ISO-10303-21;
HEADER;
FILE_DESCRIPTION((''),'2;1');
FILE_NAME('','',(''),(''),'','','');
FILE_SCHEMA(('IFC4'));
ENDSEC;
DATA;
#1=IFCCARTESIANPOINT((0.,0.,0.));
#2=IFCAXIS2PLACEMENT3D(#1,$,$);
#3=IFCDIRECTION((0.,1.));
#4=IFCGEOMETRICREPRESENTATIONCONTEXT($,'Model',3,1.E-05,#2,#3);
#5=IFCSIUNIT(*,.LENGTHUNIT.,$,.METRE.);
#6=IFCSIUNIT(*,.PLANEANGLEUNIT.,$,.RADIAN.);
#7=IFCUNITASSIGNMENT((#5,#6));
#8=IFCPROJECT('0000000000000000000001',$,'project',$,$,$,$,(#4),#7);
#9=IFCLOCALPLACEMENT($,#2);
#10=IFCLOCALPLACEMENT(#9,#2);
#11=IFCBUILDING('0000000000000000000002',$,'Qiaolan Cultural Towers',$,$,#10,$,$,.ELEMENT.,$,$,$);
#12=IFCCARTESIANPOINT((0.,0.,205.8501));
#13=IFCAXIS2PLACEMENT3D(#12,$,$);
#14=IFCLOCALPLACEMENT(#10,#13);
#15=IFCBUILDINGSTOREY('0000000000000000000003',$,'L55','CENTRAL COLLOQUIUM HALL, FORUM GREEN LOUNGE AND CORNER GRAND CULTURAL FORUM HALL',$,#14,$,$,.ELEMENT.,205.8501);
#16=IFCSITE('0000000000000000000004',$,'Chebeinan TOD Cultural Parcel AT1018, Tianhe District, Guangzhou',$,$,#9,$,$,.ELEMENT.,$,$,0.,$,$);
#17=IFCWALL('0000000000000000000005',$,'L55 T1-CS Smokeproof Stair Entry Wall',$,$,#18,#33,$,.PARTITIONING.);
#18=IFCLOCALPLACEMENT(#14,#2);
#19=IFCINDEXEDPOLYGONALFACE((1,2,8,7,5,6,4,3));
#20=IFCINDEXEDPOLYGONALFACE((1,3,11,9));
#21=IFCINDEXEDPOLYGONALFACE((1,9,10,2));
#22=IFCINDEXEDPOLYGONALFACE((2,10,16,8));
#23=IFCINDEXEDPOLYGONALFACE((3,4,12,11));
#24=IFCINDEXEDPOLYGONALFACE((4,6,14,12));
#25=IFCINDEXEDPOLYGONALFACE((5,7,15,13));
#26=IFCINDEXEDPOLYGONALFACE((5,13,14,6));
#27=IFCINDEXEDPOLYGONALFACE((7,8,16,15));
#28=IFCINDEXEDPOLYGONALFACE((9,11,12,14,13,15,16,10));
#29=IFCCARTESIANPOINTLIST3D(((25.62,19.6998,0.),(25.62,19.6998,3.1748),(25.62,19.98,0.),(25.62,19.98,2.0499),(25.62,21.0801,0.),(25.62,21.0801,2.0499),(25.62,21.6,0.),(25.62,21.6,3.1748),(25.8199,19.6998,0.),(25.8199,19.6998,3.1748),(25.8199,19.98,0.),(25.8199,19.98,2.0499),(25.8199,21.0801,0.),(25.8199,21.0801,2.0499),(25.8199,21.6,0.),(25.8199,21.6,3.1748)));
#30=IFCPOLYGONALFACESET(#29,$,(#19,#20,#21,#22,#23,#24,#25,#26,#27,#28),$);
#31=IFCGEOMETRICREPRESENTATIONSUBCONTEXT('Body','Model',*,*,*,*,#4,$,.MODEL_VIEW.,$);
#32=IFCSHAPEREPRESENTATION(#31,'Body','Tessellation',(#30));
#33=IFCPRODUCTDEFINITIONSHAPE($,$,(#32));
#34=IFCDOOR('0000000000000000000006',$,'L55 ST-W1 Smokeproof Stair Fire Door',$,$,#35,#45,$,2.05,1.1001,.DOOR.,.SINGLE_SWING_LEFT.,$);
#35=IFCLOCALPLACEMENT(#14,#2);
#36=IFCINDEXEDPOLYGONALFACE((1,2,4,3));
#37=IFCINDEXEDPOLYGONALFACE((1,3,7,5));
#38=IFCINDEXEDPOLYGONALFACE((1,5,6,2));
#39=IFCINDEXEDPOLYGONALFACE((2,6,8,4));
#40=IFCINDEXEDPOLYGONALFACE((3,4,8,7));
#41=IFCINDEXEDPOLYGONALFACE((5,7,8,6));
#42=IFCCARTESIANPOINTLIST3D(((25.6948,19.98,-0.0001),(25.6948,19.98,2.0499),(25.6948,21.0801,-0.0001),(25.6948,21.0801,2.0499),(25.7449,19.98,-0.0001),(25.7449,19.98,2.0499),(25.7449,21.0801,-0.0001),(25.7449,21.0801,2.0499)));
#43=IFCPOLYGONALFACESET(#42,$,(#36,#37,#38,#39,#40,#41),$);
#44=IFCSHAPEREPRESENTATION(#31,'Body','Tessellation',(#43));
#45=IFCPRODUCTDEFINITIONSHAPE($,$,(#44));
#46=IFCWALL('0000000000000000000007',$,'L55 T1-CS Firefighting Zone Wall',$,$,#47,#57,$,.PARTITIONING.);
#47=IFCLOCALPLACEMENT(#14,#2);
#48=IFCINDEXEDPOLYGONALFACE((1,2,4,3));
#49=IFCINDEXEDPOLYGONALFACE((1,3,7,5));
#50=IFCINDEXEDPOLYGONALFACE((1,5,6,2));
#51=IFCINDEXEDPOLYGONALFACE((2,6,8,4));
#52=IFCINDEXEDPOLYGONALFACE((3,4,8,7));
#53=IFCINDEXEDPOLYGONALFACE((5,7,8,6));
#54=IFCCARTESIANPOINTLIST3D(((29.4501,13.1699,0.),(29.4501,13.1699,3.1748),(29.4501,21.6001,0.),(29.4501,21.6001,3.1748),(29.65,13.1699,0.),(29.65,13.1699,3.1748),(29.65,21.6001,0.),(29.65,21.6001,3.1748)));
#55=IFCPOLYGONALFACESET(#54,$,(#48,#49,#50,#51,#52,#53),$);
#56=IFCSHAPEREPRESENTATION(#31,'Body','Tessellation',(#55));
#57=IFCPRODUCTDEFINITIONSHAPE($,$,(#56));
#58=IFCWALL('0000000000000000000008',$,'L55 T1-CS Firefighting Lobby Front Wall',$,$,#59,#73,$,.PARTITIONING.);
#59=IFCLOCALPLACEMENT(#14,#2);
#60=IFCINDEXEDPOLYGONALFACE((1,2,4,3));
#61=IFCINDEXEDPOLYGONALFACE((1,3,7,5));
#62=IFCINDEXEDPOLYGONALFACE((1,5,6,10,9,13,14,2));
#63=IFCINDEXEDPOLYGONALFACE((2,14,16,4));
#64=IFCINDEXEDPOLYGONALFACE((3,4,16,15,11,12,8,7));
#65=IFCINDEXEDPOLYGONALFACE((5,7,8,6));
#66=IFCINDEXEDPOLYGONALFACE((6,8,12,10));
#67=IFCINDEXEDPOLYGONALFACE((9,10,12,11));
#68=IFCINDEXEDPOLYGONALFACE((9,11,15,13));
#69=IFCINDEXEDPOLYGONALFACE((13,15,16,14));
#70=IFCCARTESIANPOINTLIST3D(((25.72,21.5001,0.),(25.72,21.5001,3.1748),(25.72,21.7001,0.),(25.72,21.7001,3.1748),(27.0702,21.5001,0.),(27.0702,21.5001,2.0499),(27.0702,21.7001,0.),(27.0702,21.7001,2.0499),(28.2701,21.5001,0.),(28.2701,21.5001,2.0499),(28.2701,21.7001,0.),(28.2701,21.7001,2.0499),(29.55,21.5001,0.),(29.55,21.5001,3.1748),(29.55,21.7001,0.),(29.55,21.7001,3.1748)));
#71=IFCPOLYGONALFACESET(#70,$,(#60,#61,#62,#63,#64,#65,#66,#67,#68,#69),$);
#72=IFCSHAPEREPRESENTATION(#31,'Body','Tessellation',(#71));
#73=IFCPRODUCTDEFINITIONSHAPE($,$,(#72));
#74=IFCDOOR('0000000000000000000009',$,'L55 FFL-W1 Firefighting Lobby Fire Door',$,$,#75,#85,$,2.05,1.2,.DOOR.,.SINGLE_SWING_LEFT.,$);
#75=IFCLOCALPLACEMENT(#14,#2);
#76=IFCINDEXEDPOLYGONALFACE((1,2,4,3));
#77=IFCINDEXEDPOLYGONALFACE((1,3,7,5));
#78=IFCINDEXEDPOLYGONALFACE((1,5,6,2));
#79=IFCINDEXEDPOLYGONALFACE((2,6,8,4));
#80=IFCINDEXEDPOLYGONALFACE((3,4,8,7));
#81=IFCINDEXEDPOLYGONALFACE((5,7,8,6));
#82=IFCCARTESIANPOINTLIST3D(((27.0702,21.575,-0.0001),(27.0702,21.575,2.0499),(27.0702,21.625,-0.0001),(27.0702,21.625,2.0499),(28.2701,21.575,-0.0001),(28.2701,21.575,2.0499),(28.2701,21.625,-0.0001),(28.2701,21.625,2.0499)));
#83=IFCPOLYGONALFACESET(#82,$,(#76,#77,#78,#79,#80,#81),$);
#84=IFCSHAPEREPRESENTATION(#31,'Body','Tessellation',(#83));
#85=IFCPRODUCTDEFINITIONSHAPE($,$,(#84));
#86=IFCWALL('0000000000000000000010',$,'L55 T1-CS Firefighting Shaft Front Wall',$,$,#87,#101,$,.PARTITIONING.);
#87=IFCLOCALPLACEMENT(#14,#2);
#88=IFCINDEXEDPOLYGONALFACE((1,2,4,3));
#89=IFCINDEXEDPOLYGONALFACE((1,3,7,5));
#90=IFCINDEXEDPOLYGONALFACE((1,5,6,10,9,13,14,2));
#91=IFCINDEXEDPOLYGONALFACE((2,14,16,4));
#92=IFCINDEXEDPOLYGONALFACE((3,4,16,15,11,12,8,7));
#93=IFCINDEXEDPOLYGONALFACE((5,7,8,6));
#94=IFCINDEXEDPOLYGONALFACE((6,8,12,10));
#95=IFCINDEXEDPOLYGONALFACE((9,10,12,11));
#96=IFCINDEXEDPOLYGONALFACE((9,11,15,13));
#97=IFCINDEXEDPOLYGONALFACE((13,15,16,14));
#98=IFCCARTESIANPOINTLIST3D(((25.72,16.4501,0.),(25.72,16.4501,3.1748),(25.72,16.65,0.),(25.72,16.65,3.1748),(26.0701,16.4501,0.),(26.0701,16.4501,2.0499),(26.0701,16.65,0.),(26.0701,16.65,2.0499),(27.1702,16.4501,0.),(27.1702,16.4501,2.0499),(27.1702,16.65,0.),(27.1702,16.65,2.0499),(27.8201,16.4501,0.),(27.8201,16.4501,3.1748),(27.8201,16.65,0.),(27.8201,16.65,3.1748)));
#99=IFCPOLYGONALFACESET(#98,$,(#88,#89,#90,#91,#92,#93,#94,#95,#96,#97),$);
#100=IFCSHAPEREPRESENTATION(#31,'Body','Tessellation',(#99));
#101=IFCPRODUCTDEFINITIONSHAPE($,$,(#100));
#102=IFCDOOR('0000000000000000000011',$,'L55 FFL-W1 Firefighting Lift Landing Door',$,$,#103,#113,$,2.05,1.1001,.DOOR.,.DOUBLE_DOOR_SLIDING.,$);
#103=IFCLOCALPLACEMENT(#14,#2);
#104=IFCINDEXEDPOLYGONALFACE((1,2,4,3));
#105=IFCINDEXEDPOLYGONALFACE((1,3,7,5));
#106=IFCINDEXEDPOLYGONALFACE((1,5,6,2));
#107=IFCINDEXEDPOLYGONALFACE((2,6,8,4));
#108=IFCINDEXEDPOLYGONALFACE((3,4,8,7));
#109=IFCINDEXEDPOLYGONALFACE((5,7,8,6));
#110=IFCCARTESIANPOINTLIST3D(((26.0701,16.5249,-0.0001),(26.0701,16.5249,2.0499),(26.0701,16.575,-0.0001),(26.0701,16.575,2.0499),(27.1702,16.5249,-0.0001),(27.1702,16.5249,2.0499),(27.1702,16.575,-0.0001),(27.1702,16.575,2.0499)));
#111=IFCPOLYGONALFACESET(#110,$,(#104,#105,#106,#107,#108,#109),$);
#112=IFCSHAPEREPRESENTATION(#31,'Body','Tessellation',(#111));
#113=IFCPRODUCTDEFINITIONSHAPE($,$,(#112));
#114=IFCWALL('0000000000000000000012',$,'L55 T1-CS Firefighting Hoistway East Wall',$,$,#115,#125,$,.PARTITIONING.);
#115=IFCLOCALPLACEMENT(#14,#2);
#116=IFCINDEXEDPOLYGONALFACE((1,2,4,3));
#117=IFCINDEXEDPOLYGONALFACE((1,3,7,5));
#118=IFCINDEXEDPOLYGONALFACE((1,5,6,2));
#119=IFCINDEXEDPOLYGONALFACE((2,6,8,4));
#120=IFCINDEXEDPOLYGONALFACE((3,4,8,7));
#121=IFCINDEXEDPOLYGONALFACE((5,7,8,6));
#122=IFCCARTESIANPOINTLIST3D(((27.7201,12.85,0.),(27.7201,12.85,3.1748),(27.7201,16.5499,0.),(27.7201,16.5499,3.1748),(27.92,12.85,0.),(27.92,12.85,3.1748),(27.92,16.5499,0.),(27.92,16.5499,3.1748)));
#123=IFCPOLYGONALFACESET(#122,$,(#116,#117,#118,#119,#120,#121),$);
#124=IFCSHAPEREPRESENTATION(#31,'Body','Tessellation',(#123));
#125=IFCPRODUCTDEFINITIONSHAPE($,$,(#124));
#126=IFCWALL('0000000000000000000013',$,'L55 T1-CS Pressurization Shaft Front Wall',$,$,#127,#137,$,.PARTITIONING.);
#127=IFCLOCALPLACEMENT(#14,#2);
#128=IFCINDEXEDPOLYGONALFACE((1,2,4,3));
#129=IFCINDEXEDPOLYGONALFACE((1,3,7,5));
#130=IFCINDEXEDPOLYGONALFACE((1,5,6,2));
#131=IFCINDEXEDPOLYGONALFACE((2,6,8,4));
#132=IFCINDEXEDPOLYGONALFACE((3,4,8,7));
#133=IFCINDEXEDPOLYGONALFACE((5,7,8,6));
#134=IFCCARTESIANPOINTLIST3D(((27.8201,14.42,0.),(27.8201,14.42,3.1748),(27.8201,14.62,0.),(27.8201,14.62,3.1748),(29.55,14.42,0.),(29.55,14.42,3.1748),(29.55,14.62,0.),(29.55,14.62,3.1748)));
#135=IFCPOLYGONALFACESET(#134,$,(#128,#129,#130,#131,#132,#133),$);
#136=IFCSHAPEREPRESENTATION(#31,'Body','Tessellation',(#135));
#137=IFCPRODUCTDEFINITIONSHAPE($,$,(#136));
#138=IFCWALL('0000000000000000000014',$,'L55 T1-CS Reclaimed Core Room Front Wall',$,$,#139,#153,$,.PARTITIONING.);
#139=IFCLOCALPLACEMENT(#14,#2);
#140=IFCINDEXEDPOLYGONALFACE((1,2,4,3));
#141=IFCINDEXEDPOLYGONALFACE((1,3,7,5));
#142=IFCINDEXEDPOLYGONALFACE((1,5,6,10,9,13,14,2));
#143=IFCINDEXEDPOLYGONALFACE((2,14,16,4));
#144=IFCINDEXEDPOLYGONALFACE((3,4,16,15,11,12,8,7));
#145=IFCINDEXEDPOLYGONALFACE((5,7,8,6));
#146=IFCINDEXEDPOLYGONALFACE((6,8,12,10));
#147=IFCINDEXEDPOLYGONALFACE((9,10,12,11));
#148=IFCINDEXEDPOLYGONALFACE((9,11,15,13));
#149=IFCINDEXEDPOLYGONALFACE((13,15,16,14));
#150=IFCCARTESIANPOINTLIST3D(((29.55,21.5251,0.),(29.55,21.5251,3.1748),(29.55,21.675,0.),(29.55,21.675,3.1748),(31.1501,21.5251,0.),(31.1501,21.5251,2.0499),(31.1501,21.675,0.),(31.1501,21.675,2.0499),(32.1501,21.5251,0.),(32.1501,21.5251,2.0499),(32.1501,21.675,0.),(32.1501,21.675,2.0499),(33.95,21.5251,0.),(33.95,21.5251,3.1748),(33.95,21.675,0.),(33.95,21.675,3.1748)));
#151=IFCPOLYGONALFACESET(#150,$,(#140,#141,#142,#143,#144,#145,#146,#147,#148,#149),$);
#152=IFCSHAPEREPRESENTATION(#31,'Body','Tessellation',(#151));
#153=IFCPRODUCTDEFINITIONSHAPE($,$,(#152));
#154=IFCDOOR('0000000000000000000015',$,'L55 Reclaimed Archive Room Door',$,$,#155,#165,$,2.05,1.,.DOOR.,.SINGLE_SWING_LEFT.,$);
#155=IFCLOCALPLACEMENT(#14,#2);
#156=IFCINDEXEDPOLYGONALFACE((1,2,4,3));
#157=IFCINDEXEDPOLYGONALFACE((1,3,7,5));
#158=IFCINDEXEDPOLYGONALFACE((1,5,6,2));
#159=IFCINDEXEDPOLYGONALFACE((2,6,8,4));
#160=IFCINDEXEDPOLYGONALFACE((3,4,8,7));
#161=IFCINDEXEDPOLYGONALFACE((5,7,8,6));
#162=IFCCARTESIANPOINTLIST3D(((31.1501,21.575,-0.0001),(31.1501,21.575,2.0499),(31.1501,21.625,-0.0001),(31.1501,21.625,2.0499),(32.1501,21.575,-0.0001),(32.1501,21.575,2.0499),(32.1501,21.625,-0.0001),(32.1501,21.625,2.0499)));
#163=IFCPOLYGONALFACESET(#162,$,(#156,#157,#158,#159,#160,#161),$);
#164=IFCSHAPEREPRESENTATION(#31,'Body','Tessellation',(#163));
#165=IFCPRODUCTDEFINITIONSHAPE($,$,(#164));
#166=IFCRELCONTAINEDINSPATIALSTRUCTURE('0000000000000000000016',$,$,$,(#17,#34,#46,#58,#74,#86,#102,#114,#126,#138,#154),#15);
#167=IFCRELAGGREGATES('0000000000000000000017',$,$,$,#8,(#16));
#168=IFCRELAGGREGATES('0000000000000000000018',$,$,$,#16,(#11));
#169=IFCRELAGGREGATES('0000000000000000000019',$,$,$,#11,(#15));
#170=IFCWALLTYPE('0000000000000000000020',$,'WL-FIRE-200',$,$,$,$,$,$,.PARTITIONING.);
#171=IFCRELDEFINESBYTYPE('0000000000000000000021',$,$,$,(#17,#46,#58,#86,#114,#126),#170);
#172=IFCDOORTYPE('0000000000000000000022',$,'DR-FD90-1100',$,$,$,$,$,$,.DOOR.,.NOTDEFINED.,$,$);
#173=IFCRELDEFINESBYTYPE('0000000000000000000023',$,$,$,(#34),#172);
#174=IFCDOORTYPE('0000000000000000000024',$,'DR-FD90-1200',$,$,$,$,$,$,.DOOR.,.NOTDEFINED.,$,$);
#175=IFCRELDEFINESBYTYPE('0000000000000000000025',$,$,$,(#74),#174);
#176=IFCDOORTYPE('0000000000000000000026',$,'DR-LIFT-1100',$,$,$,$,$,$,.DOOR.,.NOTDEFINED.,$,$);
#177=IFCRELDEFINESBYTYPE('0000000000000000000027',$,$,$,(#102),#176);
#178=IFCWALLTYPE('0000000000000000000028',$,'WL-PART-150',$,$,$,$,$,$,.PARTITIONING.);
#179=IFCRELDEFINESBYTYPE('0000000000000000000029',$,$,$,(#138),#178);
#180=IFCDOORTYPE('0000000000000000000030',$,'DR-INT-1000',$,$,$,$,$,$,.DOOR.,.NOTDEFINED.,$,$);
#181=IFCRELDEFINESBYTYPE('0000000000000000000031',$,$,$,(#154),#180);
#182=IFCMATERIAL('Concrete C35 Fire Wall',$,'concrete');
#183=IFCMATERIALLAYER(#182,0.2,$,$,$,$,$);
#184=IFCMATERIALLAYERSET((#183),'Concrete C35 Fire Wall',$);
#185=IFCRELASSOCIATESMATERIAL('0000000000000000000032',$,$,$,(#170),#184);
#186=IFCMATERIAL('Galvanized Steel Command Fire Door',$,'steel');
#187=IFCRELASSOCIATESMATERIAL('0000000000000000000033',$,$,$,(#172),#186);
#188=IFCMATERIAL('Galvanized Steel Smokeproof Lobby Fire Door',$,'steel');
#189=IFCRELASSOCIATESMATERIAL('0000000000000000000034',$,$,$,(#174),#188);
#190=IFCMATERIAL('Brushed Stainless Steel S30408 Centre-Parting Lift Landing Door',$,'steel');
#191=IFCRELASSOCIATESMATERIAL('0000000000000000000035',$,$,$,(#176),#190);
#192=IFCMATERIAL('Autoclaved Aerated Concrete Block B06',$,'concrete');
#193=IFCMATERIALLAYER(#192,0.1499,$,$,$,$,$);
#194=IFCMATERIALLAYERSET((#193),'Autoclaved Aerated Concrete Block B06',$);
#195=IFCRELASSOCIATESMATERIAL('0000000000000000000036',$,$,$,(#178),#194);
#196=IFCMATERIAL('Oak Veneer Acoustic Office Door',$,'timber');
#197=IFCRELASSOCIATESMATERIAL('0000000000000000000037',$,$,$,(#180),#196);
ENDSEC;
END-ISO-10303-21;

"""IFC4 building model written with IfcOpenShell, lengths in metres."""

from ifc_helpers import new_model, si_unit, direction, frame, frame_2d, origin, place, context, subcontext, project, spatial, rectangle, extrude, material, layer, layer_set, type_object, element, fill, save


model = new_model("IFC4")

# Units and contexts
model_context = context("Model", 3, precision=1e-05, world=origin(), true_north=direction((0.0, 1.0)))
body_context = subcontext(model_context, "Body", "Model", "MODEL_VIEW")
ifc_project = project(units=[si_unit("LENGTHUNIT", "METRE"), si_unit("PLANEANGLEUNIT", "RADIAN")], contexts=[model_context])

# Site, building, storey
site_placement = place(None, origin())
site = spatial("IfcSite", under=ifc_project, at=site_placement, Name="Chebeinan TOD Cultural Parcel AT1018, Tianhe District, Guangzhou", CompositionType="ELEMENT", RefElevation=0.0)
building_placement = place(site_placement, origin())
building = spatial("IfcBuilding", under=site, at=building_placement, Name="Qiaolan Cultural Towers", CompositionType="ELEMENT")
storey_placement = place(building_placement, frame((0.0, 0.0, 205.8501)))
storey = spatial("IfcBuildingStorey", under=building, at=storey_placement, Name="L55", Description="CENTRAL COLLOQUIUM HALL, FORUM GREEN LOUNGE AND CORNER GRAND CULTURAL FORUM HALL", CompositionType="ELEMENT", Elevation=205.8501)

# Wall, opening, door
ifc_material_1 = material(Name="Concrete C35 Fire Wall", Category="concrete")
ifc_layer_1 = layer(ifc_material_1, 0.2)
ifc_layer_set_1 = layer_set([ifc_layer_1], Name="Concrete C35 Fire Wall")
wall_type_1 = type_object("IfcWallType", Name="WL-FIRE-200", PredefinedType="PARTITIONING", material=ifc_layer_set_1)
wall_1_placement = place(storey_placement, frame((25.72, 21.6001, 0.0), z_axis=(0.0, 0.0, 1.0), x_axis=(0.0, -1.0, 0.0)))
wall_1 = element("IfcWall", 1, at=wall_1_placement, inside=storey, type_object=wall_type_1, Name="L55 T1-CS Smokeproof Stair Entry Wall", PredefinedType="PARTITIONING", context=body_context, shape_type="SweptSolid", body=[
    extrude(rectangle(XDim=1.9001, YDim=0.2, at=frame_2d((0.9502, 0.0))), origin(), (0.0, 0.0, 1.0), 3.1748),
])
opening_1_placement = place(wall_1_placement, frame((0.52, 0.0, 0.0)))
opening_1 = element("IfcOpeningElement", 2, at=opening_1_placement, cuts=wall_1, PredefinedType="OPENING", context=body_context, shape_type="SweptSolid", body=[
    extrude(rectangle(XDim=1.1001, YDim=2.05, at=frame_2d((0.55, 1.0249))), frame((0.0, 0.1099, 0.0), z_axis=(0.0, -1.0, 0.0), x_axis=(1.0, 0.0, 0.0)), (0.0, 0.0, 1.0), 0.22),
])
ifc_material_2 = material(Name="Galvanized Steel Command Fire Door", Category="steel")
door_type_1 = type_object("IfcDoorType", Name="DR-FD90-1100", OperationType="NOTDEFINED", PredefinedType="DOOR", material=ifc_material_2)
door_1_placement = place(opening_1_placement, origin())
door_1 = element("IfcDoor", 3, at=door_1_placement, inside=storey, type_object=door_type_1, Name="L55 ST-W1 Smokeproof Stair Fire Door", OperationType="SINGLE_SWING_LEFT", OverallHeight=2.05, OverallWidth=1.1001, PredefinedType="DOOR", context=body_context, shape_type="SweptSolid", body=[
    extrude(rectangle(XDim=1.1001, YDim=2.05, at=frame_2d((0.55, 1.0249))), frame((0.0, 0.0249, 0.0), z_axis=(0.0, -1.0, 0.0), x_axis=(1.0, 0.0, 0.0)), (0.0, 0.0, 1.0), 0.05),
])
fill(opening_1, door_1)

# Wall
wall_2_placement = place(storey_placement, frame((29.55, 21.6001, 0.0), z_axis=(0.0, 0.0, 1.0), x_axis=(0.0, -1.0, 0.0)))
element("IfcWall", 4, at=wall_2_placement, inside=storey, type_object=wall_type_1, Name="L55 T1-CS Firefighting Zone Wall", PredefinedType="PARTITIONING", context=body_context, shape_type="SweptSolid", body=[
    extrude(rectangle(XDim=8.4302, YDim=0.2, at=frame_2d((4.2151, 0.0))), origin(), (0.0, 0.0, 1.0), 3.1748),
])

# Walls, openings, doors
wall_3_placement = place(storey_placement, frame((25.72, 21.6001, 0.0), z_axis=(0.0, 0.0, 1.0), x_axis=(1.0, 0.0, 0.0)))
wall_3 = element("IfcWall", 5, at=wall_3_placement, inside=storey, type_object=wall_type_1, Name="L55 T1-CS Firefighting Lobby Front Wall", PredefinedType="PARTITIONING", context=body_context, shape_type="SweptSolid", body=[
    extrude(rectangle(XDim=3.8301, YDim=0.2, at=frame_2d((1.915, 0.0))), origin(), (0.0, 0.0, 1.0), 3.1748),
])
opening_2_placement = place(wall_3_placement, frame((1.3501, 0.0, 0.0)))
opening_2 = element("IfcOpeningElement", 6, at=opening_2_placement, cuts=wall_3, PredefinedType="OPENING", context=body_context, shape_type="SweptSolid", body=[
    extrude(rectangle(XDim=1.2, YDim=2.05, at=frame_2d((0.6001, 1.0249))), frame((0.0, 0.1099, 0.0), z_axis=(0.0, -1.0, 0.0), x_axis=(1.0, 0.0, 0.0)), (0.0, 0.0, 1.0), 0.22),
])
ifc_material_3 = material(Name="Galvanized Steel Smokeproof Lobby Fire Door", Category="steel")
door_type_2 = type_object("IfcDoorType", Name="DR-FD90-1200", OperationType="NOTDEFINED", PredefinedType="DOOR", material=ifc_material_3)
door_2_placement = place(opening_2_placement, origin())
door_2 = element("IfcDoor", 7, at=door_2_placement, inside=storey, type_object=door_type_2, Name="L55 FFL-W1 Firefighting Lobby Fire Door", OperationType="SINGLE_SWING_LEFT", OverallHeight=2.05, OverallWidth=1.2, PredefinedType="DOOR", context=body_context, shape_type="SweptSolid", body=[
    extrude(rectangle(XDim=1.2, YDim=2.05, at=frame_2d((0.6001, 1.0249))), frame((0.0, 0.0249, 0.0), z_axis=(0.0, -1.0, 0.0), x_axis=(1.0, 0.0, 0.0)), (0.0, 0.0, 1.0), 0.05),
])
fill(opening_2, door_2)
wall_4_placement = place(storey_placement, frame((25.72, 16.55, 0.0), z_axis=(0.0, 0.0, 1.0), x_axis=(1.0, 0.0, 0.0)))
wall_4 = element("IfcWall", 8, at=wall_4_placement, inside=storey, type_object=wall_type_1, Name="L55 T1-CS Firefighting Shaft Front Wall", PredefinedType="PARTITIONING", context=body_context, shape_type="SweptSolid", body=[
    extrude(rectangle(XDim=2.1001, YDim=0.2, at=frame_2d((1.05, 0.0))), origin(), (0.0, 0.0, 1.0), 3.1748),
])
opening_3_placement = place(wall_4_placement, frame((0.3501, 0.0, 0.0)))
opening_3 = element("IfcOpeningElement", 9, at=opening_3_placement, cuts=wall_4, PredefinedType="OPENING", context=body_context, shape_type="SweptSolid", body=[
    extrude(rectangle(XDim=1.1001, YDim=2.05, at=frame_2d((0.55, 1.0249))), frame((0.0, 0.1099, 0.0), z_axis=(0.0, -1.0, 0.0), x_axis=(1.0, 0.0, 0.0)), (0.0, 0.0, 1.0), 0.22),
])
ifc_material_4 = material(Name="Brushed Stainless Steel S30408 Centre-Parting Lift Landing Door", Category="steel")
door_type_3 = type_object("IfcDoorType", Name="DR-LIFT-1100", OperationType="NOTDEFINED", PredefinedType="DOOR", material=ifc_material_4)
door_3_placement = place(opening_3_placement, origin())
door_3 = element("IfcDoor", 10, at=door_3_placement, inside=storey, type_object=door_type_3, Name="L55 FFL-W1 Firefighting Lift Landing Door", OperationType="DOUBLE_DOOR_SLIDING", OverallHeight=2.05, OverallWidth=1.1001, PredefinedType="DOOR", context=body_context, shape_type="SweptSolid", body=[
    extrude(rectangle(XDim=1.1001, YDim=2.05, at=frame_2d((0.55, 1.0249))), frame((0.0, 0.0249, 0.0), z_axis=(0.0, -1.0, 0.0), x_axis=(1.0, 0.0, 0.0)), (0.0, 0.0, 1.0), 0.05),
])
fill(opening_3, door_3)

# Walls
wall_5_placement = place(storey_placement, frame((27.8201, 16.55, 0.0), z_axis=(0.0, 0.0, 1.0), x_axis=(0.0, -1.0, 0.0)))
element("IfcWall", 11, at=wall_5_placement, inside=storey, type_object=wall_type_1, Name="L55 T1-CS Firefighting Hoistway East Wall", PredefinedType="PARTITIONING", context=body_context, shape_type="SweptSolid", body=[
    extrude(rectangle(XDim=3.7, YDim=0.2, at=frame_2d((1.8501, 0.0))), origin(), (0.0, 0.0, 1.0), 3.1748),
])
wall_6_placement = place(storey_placement, frame((27.8201, 14.52, 0.0), z_axis=(0.0, 0.0, 1.0), x_axis=(1.0, 0.0, 0.0)))
element("IfcWall", 12, at=wall_6_placement, inside=storey, type_object=wall_type_1, Name="L55 T1-CS Pressurization Shaft Front Wall", PredefinedType="PARTITIONING", context=body_context, shape_type="SweptSolid", body=[
    extrude(rectangle(XDim=1.73, YDim=0.2, at=frame_2d((0.865, 0.0))), origin(), (0.0, 0.0, 1.0), 3.1748),
])

# Wall, opening, door
ifc_material_5 = material(Name="Autoclaved Aerated Concrete Block B06", Category="concrete")
ifc_layer_2 = layer(ifc_material_5, 0.1499)
ifc_layer_set_2 = layer_set([ifc_layer_2], Name="Autoclaved Aerated Concrete Block B06")
wall_type_2 = type_object("IfcWallType", Name="WL-PART-150", PredefinedType="PARTITIONING", material=ifc_layer_set_2)
wall_7_placement = place(storey_placement, frame((29.55, 21.6001, 0.0), z_axis=(0.0, 0.0, 1.0), x_axis=(1.0, 0.0, 0.0)))
wall_7 = element("IfcWall", 13, at=wall_7_placement, inside=storey, type_object=wall_type_2, Name="L55 T1-CS Reclaimed Core Room Front Wall", PredefinedType="PARTITIONING", context=body_context, shape_type="SweptSolid", body=[
    extrude(rectangle(XDim=4.3999, YDim=0.1499, at=frame_2d((2.2, 0.0))), origin(), (0.0, 0.0, 1.0), 3.1748),
])
opening_4_placement = place(wall_7_placement, frame((1.6001, 0.0, 0.0)))
opening_4 = element("IfcOpeningElement", 14, at=opening_4_placement, cuts=wall_7, PredefinedType="OPENING", context=body_context, shape_type="SweptSolid", body=[
    extrude(rectangle(XDim=1.0, YDim=2.05, at=frame_2d((0.5, 1.0249))), frame((0.0, 0.085, 0.0), z_axis=(0.0, -1.0, 0.0), x_axis=(1.0, 0.0, 0.0)), (0.0, 0.0, 1.0), 0.1699),
])
ifc_material_6 = material(Name="Oak Veneer Acoustic Office Door", Category="timber")
door_type_4 = type_object("IfcDoorType", Name="DR-INT-1000", OperationType="NOTDEFINED", PredefinedType="DOOR", material=ifc_material_6)
door_4_placement = place(opening_4_placement, origin())
door_4 = element("IfcDoor", 15, at=door_4_placement, inside=storey, type_object=door_type_4, Name="L55 Reclaimed Archive Room Door", OperationType="SINGLE_SWING_LEFT", OverallHeight=2.05, OverallWidth=1.0, PredefinedType="DOOR", context=body_context, shape_type="SweptSolid", body=[
    extrude(rectangle(XDim=1.0, YDim=2.05, at=frame_2d((0.5, 1.0249))), frame((0.0, 0.0249, 0.0), z_axis=(0.0, -1.0, 0.0), x_axis=(1.0, 0.0, 0.0)), (0.0, 0.0, 1.0), 0.05),
])
fill(opening_4, door_4)

save(model, "model.ifc")
